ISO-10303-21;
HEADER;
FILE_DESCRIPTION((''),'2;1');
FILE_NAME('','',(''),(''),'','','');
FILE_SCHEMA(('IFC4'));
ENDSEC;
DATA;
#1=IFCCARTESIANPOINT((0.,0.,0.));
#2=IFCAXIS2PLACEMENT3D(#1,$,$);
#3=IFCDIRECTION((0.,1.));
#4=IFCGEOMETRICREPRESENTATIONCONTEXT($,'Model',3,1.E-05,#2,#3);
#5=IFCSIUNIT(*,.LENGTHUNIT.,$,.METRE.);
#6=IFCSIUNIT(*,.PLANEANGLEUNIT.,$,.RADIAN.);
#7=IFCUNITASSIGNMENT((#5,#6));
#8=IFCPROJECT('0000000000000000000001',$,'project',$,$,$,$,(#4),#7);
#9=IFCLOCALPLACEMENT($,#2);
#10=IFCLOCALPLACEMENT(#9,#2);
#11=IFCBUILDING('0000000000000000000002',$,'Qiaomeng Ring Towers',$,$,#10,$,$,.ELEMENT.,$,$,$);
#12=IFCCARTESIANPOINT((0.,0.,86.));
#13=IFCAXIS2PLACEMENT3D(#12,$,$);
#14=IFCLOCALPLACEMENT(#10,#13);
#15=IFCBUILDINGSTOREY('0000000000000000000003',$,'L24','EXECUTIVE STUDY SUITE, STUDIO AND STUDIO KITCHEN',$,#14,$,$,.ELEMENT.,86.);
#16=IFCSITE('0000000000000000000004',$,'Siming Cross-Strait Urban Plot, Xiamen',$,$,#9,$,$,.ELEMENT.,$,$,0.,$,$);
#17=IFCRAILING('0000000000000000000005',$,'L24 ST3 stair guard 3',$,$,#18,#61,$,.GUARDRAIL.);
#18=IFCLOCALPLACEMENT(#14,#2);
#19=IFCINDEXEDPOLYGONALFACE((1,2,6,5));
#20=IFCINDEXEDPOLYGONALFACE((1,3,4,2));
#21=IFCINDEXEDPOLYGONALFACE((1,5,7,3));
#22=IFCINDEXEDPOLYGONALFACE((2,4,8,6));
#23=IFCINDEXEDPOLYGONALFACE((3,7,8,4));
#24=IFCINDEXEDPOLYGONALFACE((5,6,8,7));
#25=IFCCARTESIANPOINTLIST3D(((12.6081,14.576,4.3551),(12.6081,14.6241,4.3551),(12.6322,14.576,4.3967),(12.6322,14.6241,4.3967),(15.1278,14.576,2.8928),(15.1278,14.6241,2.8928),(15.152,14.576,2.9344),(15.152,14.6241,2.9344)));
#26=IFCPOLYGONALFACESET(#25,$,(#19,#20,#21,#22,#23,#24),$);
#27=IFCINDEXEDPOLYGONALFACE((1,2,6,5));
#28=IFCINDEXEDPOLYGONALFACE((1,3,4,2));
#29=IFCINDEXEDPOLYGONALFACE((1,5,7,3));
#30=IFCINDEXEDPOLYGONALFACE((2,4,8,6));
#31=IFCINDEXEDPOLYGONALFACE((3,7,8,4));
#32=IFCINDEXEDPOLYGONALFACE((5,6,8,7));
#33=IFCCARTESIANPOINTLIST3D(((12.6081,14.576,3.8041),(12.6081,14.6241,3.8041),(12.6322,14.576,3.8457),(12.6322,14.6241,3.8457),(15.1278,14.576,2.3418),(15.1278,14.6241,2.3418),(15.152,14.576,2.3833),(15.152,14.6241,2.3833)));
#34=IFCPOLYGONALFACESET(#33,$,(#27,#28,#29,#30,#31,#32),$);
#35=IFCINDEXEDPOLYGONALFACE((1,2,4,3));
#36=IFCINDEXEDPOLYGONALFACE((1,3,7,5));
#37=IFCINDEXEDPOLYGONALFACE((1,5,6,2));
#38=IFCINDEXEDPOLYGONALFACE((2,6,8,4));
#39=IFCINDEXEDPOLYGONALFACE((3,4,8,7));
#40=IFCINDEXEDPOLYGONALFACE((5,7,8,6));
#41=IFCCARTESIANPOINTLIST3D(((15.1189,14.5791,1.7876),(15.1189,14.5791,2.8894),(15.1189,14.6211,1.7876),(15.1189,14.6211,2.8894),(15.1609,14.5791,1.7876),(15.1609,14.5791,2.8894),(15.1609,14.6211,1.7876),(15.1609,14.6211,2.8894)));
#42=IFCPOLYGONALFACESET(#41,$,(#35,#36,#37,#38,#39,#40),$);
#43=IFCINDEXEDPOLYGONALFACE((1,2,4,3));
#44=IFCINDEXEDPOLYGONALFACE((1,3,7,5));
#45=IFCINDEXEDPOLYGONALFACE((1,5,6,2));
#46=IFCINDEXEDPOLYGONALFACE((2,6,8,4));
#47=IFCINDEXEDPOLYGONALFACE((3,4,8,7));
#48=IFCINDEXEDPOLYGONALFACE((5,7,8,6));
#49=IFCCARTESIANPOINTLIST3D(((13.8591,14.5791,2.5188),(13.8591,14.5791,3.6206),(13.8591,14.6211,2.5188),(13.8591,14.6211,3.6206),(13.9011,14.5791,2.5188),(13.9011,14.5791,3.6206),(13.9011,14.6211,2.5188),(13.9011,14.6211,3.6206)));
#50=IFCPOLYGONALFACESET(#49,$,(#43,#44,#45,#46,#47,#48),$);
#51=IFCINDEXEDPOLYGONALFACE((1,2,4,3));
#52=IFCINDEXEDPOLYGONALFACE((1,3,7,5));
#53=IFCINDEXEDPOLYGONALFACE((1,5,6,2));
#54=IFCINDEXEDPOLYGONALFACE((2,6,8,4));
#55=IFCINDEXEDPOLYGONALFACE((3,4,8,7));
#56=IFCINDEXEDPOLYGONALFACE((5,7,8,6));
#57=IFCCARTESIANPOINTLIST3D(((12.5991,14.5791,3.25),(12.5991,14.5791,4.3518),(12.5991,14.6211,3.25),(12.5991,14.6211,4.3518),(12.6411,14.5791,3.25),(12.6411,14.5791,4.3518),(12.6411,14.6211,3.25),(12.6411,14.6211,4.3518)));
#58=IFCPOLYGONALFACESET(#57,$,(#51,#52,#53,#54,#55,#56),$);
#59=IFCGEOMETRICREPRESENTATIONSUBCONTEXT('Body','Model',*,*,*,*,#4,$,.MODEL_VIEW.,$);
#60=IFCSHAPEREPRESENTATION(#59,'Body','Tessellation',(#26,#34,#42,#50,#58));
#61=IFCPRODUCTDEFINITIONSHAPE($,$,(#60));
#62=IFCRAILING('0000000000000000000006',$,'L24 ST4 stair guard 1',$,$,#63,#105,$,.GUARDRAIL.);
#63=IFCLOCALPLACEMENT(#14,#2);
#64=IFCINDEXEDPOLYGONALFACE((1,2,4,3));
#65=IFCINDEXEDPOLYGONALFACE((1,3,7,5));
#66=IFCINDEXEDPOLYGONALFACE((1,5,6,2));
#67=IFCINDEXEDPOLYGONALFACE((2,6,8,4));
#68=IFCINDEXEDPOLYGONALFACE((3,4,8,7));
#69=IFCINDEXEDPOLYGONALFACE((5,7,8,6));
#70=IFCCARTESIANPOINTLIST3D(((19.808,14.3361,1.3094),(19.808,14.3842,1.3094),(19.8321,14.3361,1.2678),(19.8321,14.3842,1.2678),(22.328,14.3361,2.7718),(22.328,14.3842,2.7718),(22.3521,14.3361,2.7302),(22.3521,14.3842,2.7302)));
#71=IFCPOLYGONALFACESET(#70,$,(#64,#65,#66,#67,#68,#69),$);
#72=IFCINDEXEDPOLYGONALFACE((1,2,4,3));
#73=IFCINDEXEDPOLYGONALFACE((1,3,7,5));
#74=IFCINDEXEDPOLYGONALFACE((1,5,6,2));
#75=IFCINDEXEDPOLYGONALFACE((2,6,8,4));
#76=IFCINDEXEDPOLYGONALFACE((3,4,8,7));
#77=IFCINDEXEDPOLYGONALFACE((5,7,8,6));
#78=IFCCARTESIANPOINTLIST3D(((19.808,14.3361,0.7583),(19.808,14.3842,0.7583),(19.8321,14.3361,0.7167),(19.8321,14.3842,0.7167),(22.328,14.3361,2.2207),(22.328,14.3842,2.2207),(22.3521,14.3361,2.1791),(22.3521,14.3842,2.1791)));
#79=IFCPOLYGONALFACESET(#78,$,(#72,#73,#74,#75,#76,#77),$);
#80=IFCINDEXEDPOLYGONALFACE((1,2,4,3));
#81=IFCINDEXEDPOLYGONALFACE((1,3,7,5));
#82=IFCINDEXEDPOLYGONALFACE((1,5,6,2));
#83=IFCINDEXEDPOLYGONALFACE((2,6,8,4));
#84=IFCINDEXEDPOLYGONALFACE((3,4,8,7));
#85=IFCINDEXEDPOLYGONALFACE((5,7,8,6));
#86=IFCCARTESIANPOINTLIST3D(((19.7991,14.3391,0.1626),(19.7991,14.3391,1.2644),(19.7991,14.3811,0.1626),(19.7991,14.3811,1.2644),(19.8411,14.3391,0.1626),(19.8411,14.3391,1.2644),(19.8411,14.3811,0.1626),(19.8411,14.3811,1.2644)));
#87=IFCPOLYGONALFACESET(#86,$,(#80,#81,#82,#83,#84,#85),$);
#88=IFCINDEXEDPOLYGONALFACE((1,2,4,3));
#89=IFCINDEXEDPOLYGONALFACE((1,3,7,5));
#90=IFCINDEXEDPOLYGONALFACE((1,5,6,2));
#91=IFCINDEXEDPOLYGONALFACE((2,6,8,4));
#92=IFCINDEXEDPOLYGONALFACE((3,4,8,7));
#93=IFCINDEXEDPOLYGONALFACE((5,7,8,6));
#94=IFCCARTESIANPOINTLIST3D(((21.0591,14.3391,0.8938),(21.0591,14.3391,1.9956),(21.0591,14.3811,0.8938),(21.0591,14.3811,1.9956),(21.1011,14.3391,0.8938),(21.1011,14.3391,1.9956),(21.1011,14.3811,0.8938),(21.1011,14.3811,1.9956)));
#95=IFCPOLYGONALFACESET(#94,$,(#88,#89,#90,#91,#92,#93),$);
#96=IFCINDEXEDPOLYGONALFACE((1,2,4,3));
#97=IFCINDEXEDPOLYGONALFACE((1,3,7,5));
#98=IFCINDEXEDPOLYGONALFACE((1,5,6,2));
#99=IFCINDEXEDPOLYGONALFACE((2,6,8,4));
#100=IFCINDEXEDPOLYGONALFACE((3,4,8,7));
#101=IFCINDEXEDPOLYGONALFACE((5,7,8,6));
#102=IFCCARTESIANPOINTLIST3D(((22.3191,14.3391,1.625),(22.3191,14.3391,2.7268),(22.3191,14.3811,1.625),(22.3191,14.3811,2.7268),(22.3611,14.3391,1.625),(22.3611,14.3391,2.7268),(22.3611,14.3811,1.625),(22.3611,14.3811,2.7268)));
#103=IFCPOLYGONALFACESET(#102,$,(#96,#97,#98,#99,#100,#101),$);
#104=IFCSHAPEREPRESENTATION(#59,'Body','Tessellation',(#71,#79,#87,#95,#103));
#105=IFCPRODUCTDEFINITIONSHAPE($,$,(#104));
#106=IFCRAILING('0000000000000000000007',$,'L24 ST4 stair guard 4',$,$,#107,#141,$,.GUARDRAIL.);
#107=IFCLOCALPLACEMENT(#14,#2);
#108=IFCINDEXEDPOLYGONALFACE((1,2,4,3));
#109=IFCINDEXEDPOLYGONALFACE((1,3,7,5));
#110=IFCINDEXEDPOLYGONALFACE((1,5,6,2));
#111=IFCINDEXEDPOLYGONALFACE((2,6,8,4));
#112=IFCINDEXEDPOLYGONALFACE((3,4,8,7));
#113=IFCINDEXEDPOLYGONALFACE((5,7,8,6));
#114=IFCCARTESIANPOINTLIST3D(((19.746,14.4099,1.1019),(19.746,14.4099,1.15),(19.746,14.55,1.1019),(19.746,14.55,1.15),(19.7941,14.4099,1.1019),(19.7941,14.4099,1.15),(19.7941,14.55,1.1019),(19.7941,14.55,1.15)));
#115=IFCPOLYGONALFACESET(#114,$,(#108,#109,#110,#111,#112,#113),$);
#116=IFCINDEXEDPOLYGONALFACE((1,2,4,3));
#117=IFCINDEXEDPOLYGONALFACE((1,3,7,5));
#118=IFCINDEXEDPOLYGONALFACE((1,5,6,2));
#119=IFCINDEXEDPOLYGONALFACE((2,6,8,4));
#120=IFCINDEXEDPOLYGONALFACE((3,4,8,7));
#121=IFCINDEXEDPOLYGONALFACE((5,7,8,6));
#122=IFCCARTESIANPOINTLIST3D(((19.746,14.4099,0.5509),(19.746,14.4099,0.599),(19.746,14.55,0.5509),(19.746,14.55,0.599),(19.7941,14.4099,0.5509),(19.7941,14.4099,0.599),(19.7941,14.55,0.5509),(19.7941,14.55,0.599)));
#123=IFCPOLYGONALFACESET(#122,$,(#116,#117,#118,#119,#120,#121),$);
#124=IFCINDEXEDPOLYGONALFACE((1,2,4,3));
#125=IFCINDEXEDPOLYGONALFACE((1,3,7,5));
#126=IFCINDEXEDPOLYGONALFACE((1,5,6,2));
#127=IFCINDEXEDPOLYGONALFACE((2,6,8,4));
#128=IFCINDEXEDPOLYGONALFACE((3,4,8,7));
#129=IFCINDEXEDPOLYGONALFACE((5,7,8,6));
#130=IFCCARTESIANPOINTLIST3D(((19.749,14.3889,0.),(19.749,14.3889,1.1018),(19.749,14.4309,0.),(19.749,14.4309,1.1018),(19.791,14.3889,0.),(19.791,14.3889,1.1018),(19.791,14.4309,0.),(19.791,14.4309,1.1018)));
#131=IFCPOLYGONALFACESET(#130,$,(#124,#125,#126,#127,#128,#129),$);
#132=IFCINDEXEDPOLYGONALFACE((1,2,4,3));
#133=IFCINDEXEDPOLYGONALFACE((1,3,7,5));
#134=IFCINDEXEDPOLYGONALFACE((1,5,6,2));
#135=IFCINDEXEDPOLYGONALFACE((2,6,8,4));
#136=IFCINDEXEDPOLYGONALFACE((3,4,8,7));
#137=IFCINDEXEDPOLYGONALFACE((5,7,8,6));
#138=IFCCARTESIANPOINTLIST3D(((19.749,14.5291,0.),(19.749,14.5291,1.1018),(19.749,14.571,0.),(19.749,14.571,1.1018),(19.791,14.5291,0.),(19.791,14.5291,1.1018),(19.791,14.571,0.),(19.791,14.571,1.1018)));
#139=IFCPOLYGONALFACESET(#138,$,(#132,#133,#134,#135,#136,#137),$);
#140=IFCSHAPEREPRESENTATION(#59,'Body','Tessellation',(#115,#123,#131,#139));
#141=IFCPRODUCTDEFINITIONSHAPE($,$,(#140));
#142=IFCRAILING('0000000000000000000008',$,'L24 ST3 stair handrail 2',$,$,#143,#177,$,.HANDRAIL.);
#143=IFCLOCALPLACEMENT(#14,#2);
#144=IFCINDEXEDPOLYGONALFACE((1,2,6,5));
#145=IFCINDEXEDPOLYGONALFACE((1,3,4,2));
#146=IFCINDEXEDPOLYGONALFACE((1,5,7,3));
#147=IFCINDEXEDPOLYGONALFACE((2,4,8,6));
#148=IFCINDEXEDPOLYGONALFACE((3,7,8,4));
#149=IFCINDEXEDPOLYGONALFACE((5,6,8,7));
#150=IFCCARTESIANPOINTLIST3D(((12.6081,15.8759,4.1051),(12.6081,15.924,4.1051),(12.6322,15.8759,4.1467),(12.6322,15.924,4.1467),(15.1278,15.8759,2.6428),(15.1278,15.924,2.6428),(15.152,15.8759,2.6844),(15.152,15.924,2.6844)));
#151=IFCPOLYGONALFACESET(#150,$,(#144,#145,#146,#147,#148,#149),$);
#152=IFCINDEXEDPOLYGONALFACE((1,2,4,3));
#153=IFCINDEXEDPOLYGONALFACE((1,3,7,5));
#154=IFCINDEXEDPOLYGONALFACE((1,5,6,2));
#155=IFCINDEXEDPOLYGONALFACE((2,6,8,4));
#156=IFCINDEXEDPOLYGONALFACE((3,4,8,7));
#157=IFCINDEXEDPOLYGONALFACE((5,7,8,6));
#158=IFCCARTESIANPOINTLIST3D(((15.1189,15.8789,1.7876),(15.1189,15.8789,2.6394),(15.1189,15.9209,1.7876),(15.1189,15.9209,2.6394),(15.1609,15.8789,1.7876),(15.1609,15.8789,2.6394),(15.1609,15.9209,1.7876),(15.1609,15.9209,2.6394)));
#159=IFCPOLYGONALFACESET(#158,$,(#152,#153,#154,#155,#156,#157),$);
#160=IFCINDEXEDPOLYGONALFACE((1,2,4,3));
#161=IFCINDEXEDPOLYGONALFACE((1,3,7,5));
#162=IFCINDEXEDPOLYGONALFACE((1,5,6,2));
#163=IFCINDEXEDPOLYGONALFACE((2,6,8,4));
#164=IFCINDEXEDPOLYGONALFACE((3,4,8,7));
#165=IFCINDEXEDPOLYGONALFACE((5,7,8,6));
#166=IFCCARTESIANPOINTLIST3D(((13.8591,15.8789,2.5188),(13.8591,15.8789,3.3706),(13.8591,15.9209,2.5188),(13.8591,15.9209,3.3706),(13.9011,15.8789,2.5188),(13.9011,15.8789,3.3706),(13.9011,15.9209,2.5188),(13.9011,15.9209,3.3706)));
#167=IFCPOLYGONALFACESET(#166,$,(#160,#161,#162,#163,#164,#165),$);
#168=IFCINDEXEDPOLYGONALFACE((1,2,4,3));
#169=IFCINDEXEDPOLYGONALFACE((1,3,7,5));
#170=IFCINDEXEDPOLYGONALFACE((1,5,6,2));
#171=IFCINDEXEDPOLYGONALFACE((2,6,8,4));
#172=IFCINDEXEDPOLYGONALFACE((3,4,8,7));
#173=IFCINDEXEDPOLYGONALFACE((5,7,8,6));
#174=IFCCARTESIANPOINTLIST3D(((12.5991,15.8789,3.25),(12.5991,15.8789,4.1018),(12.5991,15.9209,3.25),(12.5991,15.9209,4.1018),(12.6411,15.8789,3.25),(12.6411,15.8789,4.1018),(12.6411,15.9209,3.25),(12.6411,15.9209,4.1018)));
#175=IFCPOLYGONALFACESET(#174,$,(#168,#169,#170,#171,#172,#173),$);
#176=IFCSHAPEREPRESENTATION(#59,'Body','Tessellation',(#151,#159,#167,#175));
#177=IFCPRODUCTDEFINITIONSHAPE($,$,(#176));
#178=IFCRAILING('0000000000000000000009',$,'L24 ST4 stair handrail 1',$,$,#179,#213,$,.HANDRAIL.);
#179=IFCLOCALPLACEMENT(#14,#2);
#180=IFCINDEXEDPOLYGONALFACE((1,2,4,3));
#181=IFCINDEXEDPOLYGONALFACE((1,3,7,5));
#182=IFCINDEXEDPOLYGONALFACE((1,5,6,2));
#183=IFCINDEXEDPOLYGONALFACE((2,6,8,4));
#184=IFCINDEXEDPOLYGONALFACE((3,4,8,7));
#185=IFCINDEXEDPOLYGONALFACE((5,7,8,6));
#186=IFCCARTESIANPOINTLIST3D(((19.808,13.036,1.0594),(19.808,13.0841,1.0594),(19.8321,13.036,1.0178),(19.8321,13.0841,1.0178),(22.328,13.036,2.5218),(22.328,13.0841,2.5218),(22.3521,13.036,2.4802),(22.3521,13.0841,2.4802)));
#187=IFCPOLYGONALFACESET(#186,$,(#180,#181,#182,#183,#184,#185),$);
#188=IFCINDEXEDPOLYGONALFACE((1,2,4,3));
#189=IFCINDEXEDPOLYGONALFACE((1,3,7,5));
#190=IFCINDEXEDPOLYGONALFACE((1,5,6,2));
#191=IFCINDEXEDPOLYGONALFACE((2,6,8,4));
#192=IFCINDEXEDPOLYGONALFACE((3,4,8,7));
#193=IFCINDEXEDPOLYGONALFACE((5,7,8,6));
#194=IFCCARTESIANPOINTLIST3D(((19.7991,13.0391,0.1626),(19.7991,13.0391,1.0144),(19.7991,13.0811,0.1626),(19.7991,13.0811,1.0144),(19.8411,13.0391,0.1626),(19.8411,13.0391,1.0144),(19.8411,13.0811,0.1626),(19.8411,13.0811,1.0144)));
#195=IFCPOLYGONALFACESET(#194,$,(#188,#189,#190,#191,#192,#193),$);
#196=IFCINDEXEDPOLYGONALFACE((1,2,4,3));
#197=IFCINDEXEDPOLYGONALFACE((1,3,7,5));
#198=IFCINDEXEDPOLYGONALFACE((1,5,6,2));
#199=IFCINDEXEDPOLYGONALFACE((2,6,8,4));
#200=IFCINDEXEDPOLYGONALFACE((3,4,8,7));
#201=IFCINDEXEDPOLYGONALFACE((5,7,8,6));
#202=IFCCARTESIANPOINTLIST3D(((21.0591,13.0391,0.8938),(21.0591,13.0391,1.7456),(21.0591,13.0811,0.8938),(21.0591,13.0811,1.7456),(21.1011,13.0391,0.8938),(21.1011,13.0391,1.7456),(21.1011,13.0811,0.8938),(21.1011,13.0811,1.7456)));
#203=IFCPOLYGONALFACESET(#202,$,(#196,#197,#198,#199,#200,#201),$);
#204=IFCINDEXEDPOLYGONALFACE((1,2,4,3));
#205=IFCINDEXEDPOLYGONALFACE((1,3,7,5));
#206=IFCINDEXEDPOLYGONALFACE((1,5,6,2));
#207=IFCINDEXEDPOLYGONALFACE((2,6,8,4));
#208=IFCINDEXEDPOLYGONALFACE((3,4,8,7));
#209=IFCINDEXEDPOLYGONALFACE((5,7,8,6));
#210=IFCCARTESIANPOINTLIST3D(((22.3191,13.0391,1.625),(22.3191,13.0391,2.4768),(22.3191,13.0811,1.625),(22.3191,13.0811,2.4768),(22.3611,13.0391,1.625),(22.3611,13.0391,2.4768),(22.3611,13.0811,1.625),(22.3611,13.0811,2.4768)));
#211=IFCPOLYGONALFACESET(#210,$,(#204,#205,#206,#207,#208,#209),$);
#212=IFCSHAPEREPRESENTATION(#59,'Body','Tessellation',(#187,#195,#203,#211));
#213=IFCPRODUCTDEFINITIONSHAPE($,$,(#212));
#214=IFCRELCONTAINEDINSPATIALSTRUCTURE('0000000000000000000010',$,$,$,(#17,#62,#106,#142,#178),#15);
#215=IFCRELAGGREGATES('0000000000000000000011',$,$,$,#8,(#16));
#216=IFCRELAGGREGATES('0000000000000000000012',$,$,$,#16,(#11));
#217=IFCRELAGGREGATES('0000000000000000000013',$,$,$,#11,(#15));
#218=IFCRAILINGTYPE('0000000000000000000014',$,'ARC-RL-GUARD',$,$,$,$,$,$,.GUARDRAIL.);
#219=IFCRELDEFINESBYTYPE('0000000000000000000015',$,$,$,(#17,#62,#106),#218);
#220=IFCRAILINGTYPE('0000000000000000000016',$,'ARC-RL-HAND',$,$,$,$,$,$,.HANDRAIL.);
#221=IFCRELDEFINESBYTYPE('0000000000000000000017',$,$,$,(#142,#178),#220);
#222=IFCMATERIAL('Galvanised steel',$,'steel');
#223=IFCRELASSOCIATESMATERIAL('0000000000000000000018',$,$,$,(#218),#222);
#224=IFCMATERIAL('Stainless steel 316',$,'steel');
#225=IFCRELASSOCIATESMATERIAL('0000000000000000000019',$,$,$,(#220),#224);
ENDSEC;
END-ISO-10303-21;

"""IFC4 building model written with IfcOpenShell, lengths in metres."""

from ifc_helpers import new_model, si_unit, direction, frame, origin, origin_2d, place, context, subcontext, project, spatial, rectangle, extrude, material, type_object, element, save


model = new_model("IFC4")

# Units and contexts
model_context = context("Model", 3, precision=1e-05, world=origin(), true_north=direction((0.0, 1.0)))
body_context = subcontext(model_context, "Body", "Model", "MODEL_VIEW")
ifc_project = project(units=[si_unit("LENGTHUNIT", "METRE"), si_unit("PLANEANGLEUNIT", "RADIAN")], contexts=[model_context])

# Site, building, storey
site_placement = place(None, origin())
site = spatial("IfcSite", under=ifc_project, at=site_placement, Name="Siming Cross-Strait Urban Plot, Xiamen", CompositionType="ELEMENT", RefElevation=0.0)
building_placement = place(site_placement, origin())
building = spatial("IfcBuilding", under=site, at=building_placement, Name="Qiaomeng Ring Towers", CompositionType="ELEMENT")
storey_placement = place(building_placement, frame((0.0, 0.0, 86.0)))
storey = spatial("IfcBuildingStorey", under=building, at=storey_placement, Name="L24", Description="EXECUTIVE STUDY SUITE, STUDIO AND STUDIO KITCHEN", CompositionType="ELEMENT", Elevation=86.0)

# Shared definitions
ifc_material_1 = material(Name="Galvanised steel", Category="steel")

# Railings
railing_type_1 = type_object("IfcRailingType", Name="ARC-RL-GUARD", PredefinedType="GUARDRAIL", material=ifc_material_1)
railing_1_placement = place(storey_placement, frame((15.1399, 14.6001, 1.7876)))
element("IfcRailing", 1, at=railing_1_placement, inside=storey, type_object=railing_type_1, Name="L24 ST3 stair guard 3", PredefinedType="GUARDRAIL", context=body_context, shape_type="SweptSolid", body=[
    extrude(rectangle(XDim=0.0481, YDim=0.0481, at=origin_2d()), frame((0.0, 0.0, 1.126), z_axis=(-0.864892, 0.0, 0.501958), x_axis=(0.0, -1.0, 0.0)), (0.0, 0.0, 1.0), 2.9133),
    extrude(rectangle(XDim=0.0481, YDim=0.0481, at=origin_2d()), frame((0.0, 0.0, 0.575), z_axis=(-0.864892, 0.0, 0.501958), x_axis=(0.0, -1.0, 0.0)), (0.0, 0.0, 1.0), 2.9133),
    extrude(rectangle(XDim=0.042, YDim=0.042, at=origin_2d()), origin(), (0.0, 0.0, 1.0), 1.1018),
    extrude(rectangle(XDim=0.042, YDim=0.042, at=origin_2d()), frame((-1.2598, 0.0, 0.7312)), (0.0, 0.0, 1.0), 1.1018),
    extrude(rectangle(XDim=0.042, YDim=0.042, at=origin_2d()), frame((-2.5198, 0.0, 1.4624)), (0.0, 0.0, 1.0), 1.1018),
])
railing_2_placement = place(storey_placement, frame((19.8201, 14.3601, 0.1626)))
element("IfcRailing", 2, at=railing_2_placement, inside=storey, type_object=railing_type_1, Name="L24 ST4 stair guard 1", PredefinedType="GUARDRAIL", context=body_context, shape_type="SweptSolid", body=[
    extrude(rectangle(XDim=0.0481, YDim=0.0481, at=origin_2d()), frame((0.0, 0.0, 1.126), z_axis=(0.864913, 0.0, 0.501921), x_axis=(0.0, 1.0, 0.0)), (0.0, 0.0, 1.0), 2.9136),
    extrude(rectangle(XDim=0.0481, YDim=0.0481, at=origin_2d()), frame((0.0, 0.0, 0.575), z_axis=(0.864913, 0.0, 0.501921), x_axis=(0.0, 1.0, 0.0)), (0.0, 0.0, 1.0), 2.9136),
    extrude(rectangle(XDim=0.042, YDim=0.042, at=origin_2d()), origin(), (0.0, 0.0, 1.0), 1.1018),
    extrude(rectangle(XDim=0.042, YDim=0.042, at=origin_2d()), frame((1.26, 0.0, 0.7312)), (0.0, 0.0, 1.0), 1.1018),
    extrude(rectangle(XDim=0.042, YDim=0.042, at=origin_2d()), frame((2.52, 0.0, 1.4624)), (0.0, 0.0, 1.0), 1.1018),
])
railing_3_placement = place(storey_placement, frame((19.77, 14.4099, 0.0)))
element("IfcRailing", 3, at=railing_3_placement, inside=storey, type_object=railing_type_1, Name="L24 ST4 stair guard 4", PredefinedType="GUARDRAIL", context=body_context, shape_type="SweptSolid", body=[
    extrude(rectangle(XDim=0.0481, YDim=0.0481, at=origin_2d()), frame((0.0, 0.0, 1.126), z_axis=(0.0, 1.0, 0.0), x_axis=(-1.0, 0.0, 0.0)), (0.0, 0.0, 1.0), 0.1401),
    extrude(rectangle(XDim=0.0481, YDim=0.0481, at=origin_2d()), frame((0.0, 0.0, 0.575), z_axis=(0.0, 1.0, 0.0), x_axis=(-1.0, 0.0, 0.0)), (0.0, 0.0, 1.0), 0.1401),
    extrude(rectangle(XDim=0.042, YDim=0.042, at=origin_2d()), origin(), (0.0, 0.0, 1.0), 1.1018),
    extrude(rectangle(XDim=0.042, YDim=0.042, at=origin_2d()), frame((0.0, 0.1401, 0.0)), (0.0, 0.0, 1.0), 1.1018),
])
ifc_material_2 = material(Name="Stainless steel 316", Category="steel")
railing_type_2 = type_object("IfcRailingType", Name="ARC-RL-HAND", PredefinedType="HANDRAIL", material=ifc_material_2)
railing_4_placement = place(storey_placement, frame((15.1399, 15.8999, 1.7876)))
element("IfcRailing", 4, at=railing_4_placement, inside=storey, type_object=railing_type_2, Name="L24 ST3 stair handrail 2", PredefinedType="HANDRAIL", context=body_context, shape_type="SweptSolid", body=[
    extrude(rectangle(XDim=0.0481, YDim=0.0481, at=origin_2d()), frame((0.0, 0.0, 0.876), z_axis=(-0.864892, 0.0, 0.501958), x_axis=(0.0, -1.0, 0.0)), (0.0, 0.0, 1.0), 2.9133),
    extrude(rectangle(XDim=0.042, YDim=0.042, at=origin_2d()), origin(), (0.0, 0.0, 1.0), 0.8518),
    extrude(rectangle(XDim=0.042, YDim=0.042, at=origin_2d()), frame((-1.2598, 0.0, 0.7312)), (0.0, 0.0, 1.0), 0.8518),
    extrude(rectangle(XDim=0.042, YDim=0.042, at=origin_2d()), frame((-2.5198, 0.0, 1.4624)), (0.0, 0.0, 1.0), 0.8518),
])
railing_5_placement = place(storey_placement, frame((19.8201, 13.0601, 0.1626)))
element("IfcRailing", 5, at=railing_5_placement, inside=storey, type_object=railing_type_2, Name="L24 ST4 stair handrail 1", PredefinedType="HANDRAIL", context=body_context, shape_type="SweptSolid", body=[
    extrude(rectangle(XDim=0.0481, YDim=0.0481, at=origin_2d()), frame((0.0, 0.0, 0.876), z_axis=(0.864913, 0.0, 0.501921), x_axis=(0.0, 1.0, 0.0)), (0.0, 0.0, 1.0), 2.9136),
    extrude(rectangle(XDim=0.042, YDim=0.042, at=origin_2d()), origin(), (0.0, 0.0, 1.0), 0.8518),
    extrude(rectangle(XDim=0.042, YDim=0.042, at=origin_2d()), frame((1.26, 0.0, 0.7312)), (0.0, 0.0, 1.0), 0.8518),
    extrude(rectangle(XDim=0.042, YDim=0.042, at=origin_2d()), frame((2.52, 0.0, 1.4624)), (0.0, 0.0, 1.0), 0.8518),
])

save(model, "model.ifc")
